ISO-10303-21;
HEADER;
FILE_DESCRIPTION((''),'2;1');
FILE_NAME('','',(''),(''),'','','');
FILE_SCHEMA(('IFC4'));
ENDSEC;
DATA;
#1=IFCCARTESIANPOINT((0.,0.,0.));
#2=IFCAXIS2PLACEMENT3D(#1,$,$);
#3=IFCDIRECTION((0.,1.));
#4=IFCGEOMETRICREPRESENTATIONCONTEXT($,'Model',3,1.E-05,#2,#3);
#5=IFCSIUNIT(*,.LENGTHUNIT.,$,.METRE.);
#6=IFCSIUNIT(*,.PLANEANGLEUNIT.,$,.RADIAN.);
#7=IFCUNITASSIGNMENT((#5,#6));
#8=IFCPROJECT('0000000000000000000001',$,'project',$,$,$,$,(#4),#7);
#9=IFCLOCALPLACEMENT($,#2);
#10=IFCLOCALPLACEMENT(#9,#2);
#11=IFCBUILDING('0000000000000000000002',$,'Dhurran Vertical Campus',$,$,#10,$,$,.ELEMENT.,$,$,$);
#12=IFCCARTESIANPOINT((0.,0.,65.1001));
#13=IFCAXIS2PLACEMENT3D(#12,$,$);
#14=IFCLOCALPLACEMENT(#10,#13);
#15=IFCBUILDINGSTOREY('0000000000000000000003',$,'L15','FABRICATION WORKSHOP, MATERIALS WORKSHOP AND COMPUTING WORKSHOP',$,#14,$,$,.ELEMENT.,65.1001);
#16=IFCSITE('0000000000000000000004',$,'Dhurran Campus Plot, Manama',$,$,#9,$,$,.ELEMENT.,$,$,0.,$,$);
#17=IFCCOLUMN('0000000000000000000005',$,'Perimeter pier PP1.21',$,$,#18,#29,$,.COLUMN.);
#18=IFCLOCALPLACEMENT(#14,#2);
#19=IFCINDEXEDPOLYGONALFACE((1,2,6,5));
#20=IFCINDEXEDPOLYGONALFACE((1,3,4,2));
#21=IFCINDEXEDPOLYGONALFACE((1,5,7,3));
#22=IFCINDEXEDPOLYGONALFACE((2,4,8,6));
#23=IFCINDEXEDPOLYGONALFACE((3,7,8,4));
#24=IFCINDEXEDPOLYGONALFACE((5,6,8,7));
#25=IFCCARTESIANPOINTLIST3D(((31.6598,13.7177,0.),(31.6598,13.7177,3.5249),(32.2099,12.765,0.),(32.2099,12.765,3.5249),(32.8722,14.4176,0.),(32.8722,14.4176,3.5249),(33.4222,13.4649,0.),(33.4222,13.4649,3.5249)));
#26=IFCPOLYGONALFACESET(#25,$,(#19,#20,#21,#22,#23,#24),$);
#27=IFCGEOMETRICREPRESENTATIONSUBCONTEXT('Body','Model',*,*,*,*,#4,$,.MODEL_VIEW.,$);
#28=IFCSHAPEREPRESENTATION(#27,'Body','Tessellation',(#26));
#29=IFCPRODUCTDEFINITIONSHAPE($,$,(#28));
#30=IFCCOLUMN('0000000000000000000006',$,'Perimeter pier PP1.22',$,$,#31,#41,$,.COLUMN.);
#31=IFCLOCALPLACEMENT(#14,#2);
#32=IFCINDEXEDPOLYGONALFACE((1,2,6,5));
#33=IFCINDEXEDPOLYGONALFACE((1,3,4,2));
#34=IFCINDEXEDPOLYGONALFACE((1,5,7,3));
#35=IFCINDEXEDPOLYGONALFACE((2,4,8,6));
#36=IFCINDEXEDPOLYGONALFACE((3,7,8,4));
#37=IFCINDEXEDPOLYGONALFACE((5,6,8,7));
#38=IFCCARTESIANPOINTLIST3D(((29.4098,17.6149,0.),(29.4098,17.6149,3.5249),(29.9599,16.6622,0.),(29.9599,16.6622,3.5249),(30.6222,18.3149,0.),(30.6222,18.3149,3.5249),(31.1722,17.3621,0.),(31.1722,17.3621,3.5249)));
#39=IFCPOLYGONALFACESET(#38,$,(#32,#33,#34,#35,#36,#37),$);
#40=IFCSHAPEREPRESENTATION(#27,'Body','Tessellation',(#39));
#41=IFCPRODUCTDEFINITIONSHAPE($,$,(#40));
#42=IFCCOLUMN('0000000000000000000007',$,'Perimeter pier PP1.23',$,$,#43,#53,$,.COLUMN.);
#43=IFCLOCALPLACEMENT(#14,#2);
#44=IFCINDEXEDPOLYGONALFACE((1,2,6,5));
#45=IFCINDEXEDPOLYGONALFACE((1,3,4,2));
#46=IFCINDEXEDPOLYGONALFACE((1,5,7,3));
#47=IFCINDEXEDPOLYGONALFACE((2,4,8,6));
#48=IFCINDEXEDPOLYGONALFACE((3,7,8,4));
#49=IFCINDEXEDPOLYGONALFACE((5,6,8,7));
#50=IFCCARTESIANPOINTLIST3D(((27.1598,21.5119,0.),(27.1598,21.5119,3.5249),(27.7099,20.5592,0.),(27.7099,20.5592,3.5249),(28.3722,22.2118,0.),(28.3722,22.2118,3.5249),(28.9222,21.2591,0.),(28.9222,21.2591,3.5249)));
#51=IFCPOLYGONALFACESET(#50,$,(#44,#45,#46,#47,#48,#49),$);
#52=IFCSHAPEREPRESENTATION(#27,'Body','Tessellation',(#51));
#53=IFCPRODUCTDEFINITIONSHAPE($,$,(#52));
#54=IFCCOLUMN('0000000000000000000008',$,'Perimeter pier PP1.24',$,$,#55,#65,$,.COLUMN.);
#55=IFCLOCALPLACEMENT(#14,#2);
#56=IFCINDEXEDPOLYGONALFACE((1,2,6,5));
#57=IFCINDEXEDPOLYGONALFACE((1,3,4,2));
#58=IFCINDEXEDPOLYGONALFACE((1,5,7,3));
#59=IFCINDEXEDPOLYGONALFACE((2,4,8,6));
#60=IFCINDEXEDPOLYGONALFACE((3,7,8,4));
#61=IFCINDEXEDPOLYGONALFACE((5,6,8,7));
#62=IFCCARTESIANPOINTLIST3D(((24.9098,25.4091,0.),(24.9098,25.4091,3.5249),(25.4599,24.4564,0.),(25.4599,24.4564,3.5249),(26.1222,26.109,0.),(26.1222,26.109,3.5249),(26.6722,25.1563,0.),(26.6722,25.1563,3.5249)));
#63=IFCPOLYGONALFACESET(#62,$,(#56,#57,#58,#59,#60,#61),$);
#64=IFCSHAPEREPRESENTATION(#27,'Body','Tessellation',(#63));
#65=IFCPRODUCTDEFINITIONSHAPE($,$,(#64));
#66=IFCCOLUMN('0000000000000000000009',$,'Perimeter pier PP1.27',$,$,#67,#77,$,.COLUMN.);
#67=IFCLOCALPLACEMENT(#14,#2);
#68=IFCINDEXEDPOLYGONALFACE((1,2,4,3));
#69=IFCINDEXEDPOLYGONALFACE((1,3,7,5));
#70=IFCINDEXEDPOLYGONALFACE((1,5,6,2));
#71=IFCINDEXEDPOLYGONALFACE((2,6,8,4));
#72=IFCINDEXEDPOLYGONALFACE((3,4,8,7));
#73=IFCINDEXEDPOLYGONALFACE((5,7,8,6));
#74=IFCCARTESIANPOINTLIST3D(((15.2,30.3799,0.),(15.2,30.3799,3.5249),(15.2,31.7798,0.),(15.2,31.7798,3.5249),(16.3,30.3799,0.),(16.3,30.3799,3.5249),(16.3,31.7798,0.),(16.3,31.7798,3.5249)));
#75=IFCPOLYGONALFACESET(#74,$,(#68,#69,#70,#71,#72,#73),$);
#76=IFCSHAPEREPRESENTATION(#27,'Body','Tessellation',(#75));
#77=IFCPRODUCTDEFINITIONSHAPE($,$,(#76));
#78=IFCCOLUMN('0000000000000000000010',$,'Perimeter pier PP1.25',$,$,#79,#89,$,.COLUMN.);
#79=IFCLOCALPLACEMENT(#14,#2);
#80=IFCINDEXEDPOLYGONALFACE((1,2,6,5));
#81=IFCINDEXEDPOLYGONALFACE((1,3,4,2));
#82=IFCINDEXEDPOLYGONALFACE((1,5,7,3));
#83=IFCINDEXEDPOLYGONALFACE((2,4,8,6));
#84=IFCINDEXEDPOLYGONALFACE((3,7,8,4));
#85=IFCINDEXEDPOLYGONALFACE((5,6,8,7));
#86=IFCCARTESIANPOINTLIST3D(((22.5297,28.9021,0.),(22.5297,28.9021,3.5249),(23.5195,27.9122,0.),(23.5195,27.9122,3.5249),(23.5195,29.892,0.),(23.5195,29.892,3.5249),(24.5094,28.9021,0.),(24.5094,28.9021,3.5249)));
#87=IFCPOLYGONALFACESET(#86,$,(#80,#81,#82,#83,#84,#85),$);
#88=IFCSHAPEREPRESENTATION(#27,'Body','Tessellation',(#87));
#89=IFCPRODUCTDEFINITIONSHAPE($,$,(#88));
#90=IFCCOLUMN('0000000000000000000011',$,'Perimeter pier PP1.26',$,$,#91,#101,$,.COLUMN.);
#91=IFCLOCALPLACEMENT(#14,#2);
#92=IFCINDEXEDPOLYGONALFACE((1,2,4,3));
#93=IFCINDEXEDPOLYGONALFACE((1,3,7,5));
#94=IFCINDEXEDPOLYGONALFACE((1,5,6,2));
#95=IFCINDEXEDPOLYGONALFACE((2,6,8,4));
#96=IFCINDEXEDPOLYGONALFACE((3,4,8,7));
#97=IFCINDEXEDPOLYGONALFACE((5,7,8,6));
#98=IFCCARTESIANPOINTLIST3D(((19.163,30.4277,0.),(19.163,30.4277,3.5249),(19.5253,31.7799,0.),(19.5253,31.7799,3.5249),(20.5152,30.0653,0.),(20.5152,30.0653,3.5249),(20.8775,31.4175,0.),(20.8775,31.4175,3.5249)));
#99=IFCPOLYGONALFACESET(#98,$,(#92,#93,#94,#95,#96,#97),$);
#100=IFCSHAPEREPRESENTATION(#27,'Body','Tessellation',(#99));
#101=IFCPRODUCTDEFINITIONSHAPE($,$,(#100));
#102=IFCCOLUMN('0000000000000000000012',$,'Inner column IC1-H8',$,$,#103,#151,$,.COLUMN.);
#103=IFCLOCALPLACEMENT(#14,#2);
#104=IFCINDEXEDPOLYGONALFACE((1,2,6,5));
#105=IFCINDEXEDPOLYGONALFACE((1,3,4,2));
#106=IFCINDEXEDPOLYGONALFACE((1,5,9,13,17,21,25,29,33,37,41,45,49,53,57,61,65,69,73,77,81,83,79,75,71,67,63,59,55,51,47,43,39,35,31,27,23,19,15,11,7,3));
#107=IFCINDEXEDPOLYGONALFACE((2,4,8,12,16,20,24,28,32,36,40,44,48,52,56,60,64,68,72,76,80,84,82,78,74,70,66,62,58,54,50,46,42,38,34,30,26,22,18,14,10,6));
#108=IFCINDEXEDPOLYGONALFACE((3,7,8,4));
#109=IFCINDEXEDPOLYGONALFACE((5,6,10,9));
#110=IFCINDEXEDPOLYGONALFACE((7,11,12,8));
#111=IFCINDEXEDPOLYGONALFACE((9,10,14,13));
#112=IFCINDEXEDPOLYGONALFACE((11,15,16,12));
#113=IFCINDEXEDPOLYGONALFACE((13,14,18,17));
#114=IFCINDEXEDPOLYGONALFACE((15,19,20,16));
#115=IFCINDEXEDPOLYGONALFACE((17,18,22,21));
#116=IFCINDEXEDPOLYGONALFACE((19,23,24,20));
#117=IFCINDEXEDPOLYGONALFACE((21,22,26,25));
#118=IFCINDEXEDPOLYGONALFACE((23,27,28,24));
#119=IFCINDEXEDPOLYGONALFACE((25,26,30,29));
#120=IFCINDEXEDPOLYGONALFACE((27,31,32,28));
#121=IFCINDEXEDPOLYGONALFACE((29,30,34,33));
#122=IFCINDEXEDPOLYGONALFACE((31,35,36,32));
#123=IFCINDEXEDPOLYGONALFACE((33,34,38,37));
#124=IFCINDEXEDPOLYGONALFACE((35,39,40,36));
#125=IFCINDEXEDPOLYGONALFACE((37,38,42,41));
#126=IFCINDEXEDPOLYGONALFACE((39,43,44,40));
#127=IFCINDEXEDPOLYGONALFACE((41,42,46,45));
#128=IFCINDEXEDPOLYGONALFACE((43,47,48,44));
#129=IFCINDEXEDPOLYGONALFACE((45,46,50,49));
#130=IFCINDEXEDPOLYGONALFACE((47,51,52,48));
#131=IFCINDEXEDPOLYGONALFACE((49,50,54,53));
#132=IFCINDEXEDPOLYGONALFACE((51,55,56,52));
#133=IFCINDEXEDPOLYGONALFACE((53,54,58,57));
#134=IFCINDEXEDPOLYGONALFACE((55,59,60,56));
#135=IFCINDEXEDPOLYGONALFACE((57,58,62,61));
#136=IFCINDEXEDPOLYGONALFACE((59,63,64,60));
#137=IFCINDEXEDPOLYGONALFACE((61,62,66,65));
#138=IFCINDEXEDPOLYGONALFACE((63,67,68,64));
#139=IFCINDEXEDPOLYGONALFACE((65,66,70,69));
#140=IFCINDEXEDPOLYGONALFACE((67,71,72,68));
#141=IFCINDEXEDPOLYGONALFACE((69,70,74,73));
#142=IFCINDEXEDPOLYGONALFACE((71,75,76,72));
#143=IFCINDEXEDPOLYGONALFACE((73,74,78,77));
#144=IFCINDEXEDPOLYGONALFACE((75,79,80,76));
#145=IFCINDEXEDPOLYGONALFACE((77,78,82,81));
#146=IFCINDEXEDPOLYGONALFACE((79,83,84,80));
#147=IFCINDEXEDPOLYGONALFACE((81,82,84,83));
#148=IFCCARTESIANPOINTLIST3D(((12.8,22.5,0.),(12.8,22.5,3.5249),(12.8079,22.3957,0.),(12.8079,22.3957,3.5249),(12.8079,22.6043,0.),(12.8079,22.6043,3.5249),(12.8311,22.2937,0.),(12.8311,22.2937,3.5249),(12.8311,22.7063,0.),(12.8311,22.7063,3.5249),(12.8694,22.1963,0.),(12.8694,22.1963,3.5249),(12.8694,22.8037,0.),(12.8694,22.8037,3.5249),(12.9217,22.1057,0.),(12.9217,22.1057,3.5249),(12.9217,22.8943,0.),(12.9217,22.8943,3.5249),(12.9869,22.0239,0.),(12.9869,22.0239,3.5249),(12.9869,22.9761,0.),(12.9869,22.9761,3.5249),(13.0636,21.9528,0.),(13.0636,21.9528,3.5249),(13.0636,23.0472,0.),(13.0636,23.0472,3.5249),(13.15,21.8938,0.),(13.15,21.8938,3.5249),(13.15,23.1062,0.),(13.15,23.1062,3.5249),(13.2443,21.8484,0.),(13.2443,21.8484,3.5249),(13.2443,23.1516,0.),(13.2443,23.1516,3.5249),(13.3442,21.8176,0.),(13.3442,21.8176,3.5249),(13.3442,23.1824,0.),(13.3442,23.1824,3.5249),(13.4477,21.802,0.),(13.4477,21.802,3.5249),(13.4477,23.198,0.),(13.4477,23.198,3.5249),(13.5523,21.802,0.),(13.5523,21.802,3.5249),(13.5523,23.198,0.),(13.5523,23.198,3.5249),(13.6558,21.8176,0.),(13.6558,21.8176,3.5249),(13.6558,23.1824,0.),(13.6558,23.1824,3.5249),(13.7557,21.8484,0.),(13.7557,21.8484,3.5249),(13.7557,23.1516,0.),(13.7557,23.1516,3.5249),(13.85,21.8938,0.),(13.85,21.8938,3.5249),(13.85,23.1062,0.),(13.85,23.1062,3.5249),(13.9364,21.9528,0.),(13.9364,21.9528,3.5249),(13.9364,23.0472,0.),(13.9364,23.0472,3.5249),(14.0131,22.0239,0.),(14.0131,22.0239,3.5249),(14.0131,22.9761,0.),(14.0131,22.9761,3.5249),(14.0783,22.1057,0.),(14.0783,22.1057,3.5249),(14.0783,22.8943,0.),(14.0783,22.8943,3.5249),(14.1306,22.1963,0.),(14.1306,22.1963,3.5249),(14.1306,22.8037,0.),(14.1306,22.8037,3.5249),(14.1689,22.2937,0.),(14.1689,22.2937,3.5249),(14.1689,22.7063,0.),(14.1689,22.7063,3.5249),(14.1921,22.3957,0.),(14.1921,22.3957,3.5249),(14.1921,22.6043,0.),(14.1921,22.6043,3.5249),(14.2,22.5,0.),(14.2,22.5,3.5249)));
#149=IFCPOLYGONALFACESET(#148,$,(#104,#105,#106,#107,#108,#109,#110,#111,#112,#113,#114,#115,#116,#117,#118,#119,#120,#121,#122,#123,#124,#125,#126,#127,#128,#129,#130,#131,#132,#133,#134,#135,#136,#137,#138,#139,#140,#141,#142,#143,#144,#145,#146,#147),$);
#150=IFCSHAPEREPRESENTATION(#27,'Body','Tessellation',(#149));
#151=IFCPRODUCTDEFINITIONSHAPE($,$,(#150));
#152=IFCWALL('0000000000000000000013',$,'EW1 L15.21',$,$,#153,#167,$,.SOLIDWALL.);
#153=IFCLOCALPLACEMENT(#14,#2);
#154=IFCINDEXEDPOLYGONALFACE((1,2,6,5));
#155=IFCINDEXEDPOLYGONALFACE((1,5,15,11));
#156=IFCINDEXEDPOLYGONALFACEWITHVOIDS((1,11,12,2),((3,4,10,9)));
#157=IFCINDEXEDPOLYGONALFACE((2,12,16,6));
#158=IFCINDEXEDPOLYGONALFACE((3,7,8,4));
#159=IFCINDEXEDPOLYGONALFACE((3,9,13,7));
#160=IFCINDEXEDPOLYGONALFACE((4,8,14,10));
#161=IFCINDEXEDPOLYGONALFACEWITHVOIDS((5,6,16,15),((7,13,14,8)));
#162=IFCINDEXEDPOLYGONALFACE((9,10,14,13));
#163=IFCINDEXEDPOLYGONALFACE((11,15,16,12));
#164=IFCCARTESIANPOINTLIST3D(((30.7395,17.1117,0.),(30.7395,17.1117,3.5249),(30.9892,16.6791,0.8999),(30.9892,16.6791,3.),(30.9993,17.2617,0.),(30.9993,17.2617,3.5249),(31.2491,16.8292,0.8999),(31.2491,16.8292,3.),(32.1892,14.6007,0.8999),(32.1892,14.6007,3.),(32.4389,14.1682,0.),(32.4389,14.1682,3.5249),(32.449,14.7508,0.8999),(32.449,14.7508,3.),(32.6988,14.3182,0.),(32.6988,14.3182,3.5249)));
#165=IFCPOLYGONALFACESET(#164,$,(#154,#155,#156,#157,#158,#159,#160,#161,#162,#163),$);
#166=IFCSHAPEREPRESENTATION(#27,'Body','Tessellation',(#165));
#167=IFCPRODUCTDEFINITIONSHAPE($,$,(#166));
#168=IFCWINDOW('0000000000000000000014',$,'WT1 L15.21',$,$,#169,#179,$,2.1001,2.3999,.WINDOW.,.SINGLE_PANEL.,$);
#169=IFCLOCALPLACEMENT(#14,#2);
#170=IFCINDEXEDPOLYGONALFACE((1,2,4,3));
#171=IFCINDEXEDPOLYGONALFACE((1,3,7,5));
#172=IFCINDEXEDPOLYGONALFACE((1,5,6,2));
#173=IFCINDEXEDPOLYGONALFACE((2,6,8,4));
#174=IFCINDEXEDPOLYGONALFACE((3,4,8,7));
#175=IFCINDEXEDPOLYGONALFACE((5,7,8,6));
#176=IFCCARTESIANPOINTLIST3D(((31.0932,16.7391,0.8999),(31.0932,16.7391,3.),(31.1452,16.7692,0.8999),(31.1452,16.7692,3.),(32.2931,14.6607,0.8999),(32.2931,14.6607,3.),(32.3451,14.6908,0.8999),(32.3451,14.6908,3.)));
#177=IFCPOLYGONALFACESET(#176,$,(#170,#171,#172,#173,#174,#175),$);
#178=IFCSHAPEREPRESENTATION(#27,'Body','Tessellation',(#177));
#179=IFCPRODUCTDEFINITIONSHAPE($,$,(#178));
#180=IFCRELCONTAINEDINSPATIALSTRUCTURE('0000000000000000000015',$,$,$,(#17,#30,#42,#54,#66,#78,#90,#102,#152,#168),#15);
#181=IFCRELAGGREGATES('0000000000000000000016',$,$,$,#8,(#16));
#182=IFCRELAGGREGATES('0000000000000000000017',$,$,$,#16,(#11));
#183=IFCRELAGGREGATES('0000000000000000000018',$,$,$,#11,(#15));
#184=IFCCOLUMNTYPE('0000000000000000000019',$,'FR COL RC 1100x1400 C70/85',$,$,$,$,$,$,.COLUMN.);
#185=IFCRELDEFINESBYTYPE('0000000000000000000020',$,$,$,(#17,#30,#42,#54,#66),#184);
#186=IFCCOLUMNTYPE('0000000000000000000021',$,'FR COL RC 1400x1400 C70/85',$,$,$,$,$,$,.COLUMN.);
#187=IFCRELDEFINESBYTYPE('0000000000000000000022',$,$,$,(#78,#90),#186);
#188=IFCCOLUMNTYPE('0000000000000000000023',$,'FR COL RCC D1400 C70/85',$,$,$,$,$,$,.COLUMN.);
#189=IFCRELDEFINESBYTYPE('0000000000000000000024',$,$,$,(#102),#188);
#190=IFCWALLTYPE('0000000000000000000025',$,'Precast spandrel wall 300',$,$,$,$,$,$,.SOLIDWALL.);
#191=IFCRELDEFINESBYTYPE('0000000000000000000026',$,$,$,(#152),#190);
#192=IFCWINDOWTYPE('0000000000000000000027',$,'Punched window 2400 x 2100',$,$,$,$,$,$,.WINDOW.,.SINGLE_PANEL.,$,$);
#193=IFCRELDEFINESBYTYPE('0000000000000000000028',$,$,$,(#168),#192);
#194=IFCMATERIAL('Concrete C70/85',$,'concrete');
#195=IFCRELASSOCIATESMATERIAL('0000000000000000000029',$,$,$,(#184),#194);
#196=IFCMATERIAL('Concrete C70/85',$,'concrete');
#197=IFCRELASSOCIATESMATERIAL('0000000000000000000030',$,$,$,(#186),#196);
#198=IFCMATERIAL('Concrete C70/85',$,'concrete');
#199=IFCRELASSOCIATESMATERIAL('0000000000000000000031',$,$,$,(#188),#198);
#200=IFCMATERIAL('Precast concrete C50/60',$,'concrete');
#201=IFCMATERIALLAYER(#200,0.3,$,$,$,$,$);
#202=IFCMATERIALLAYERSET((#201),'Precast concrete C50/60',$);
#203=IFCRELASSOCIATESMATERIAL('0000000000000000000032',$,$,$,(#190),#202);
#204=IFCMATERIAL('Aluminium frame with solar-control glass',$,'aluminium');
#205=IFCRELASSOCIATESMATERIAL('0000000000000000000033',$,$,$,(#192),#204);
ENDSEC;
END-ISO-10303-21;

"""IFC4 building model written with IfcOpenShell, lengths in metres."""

from ifc_helpers import new_model, si_unit, direction, frame, frame_2d, origin, origin_2d, place, context, subcontext, project, spatial, rectangle, circle, extrude, material, layer, layer_set, material_profile, profile_set, type_object, element, fill, save


model = new_model("IFC4")

# Units and contexts
model_context = context("Model", 3, precision=1e-05, world=origin(), true_north=direction((0.0, 1.0)))
body_context = subcontext(model_context, "Body", "Model", "MODEL_VIEW")
ifc_project = project(units=[si_unit("LENGTHUNIT", "METRE"), si_unit("PLANEANGLEUNIT", "RADIAN")], contexts=[model_context])

# Site, building, storey
site_placement = place(None, origin())
site = spatial("IfcSite", under=ifc_project, at=site_placement, Name="Dhurran Campus Plot, Manama", CompositionType="ELEMENT", RefElevation=0.0)
building_placement = place(site_placement, origin())
building = spatial("IfcBuilding", under=site, at=building_placement, Name="Dhurran Vertical Campus", CompositionType="ELEMENT")
storey_placement = place(building_placement, frame((0.0, 0.0, 65.1001)))
storey = spatial("IfcBuildingStorey", under=building, at=storey_placement, Name="L15", Description="FABRICATION WORKSHOP, MATERIALS WORKSHOP AND COMPUTING WORKSHOP", CompositionType="ELEMENT", Elevation=65.1001)

# Columns
ifc_material_1 = material(Name="Concrete C70/85", Category="concrete")
ifc_material_profile_1 = material_profile(ifc_material_1, rectangle(XDim=1.1001, YDim=1.3999, at=origin_2d()), Name="RC 1100x1400")
ifc_profile_set_1 = profile_set([ifc_material_profile_1], Name="Concrete C70/85")
column_type_1 = type_object("IfcColumnType", Name="FR COL RC 1100x1400 C70/85", PredefinedType="COLUMN", material=ifc_profile_set_1)
for number, where, z_axis, x_axis, name in (
    (1, (32.541, 13.5913, 0.0), (0.0, 0.0, 1.0), (-0.5, 0.866025, 0.0), "Perimeter pier PP1.21"),
    (2, (30.291, 17.4885, 0.0), (0.0, 0.0, 1.0), (-0.5, 0.866025, 0.0), "Perimeter pier PP1.22"),
    (3, (28.041, 21.3855, 0.0), (0.0, 0.0, 1.0), (-0.5, 0.866025, 0.0), "Perimeter pier PP1.23"),
    (4, (25.791, 25.2827, 0.0), (0.0, 0.0, 1.0), (-0.5, 0.866025, 0.0), "Perimeter pier PP1.24"),
    (5, (15.75, 31.0798, 0.0), (0.0, 0.0, 1.0), (-1.0, 0.0, 0.0), "Perimeter pier PP1.27"),
):
    element("IfcColumn", number, at=place(storey_placement, frame(where, z_axis=z_axis, x_axis=x_axis)), inside=storey, type_object=column_type_1, Name=name, PredefinedType="COLUMN", context=body_context, shape_type="SweptSolid", body=[
        extrude(rectangle(XDim=1.1001, YDim=1.3999, at=origin_2d()), origin(), (0.0, 0.0, 1.0), 3.5249),
    ])
ifc_material_2 = material(Name="Concrete C70/85", Category="concrete")
ifc_material_profile_2 = material_profile(ifc_material_2, rectangle(XDim=1.3999, YDim=1.3999, at=origin_2d()), Name="RC 1400x1400")
ifc_profile_set_2 = profile_set([ifc_material_profile_2], Name="Concrete C70/85")
column_type_2 = type_object("IfcColumnType", Name="FR COL RC 1400x1400 C70/85", PredefinedType="COLUMN", material=ifc_profile_set_2)
for number, where, z_axis, x_axis, name in (
    (6, (23.5195, 28.9021, 0.0), (0.0, 0.0, 1.0), (-0.707107, 0.707107, 0.0), "Perimeter pier PP1.25"),
    (7, (20.0203, 30.9226, 0.0), (0.0, 0.0, 1.0), (-0.965926, 0.258819, 0.0), "Perimeter pier PP1.26"),
):
    element("IfcColumn", number, at=place(storey_placement, frame(where, z_axis=z_axis, x_axis=x_axis)), inside=storey, type_object=column_type_2, Name=name, PredefinedType="COLUMN", context=body_context, shape_type="SweptSolid", body=[
        extrude(rectangle(XDim=1.3999, YDim=1.3999, at=origin_2d()), origin(), (0.0, 0.0, 1.0), 3.5249),
    ])
ifc_material_3 = material(Name="Concrete C70/85", Category="concrete")
ifc_material_profile_3 = material_profile(ifc_material_3, circle(Radius=0.7, at=origin_2d()), Name="RCC D1400")
ifc_profile_set_3 = profile_set([ifc_material_profile_3], Name="Concrete C70/85")
column_type_3 = type_object("IfcColumnType", Name="FR COL RCC D1400 C70/85", PredefinedType="COLUMN", material=ifc_profile_set_3)
column_placement = place(storey_placement, frame((13.5, 22.5, 0.0), z_axis=(0.0, 0.0, 1.0), x_axis=(1.0, 0.0, 0.0)))
element("IfcColumn", 8, at=column_placement, inside=storey, type_object=column_type_3, Name="Inner column IC1-H8", PredefinedType="COLUMN", context=body_context, shape_type="SweptSolid", body=[
    extrude(circle(Radius=0.7, at=origin_2d()), origin(), (0.0, 0.0, 1.0), 3.5249),
])

# Wall, opening, window
ifc_material_4 = material(Name="Precast concrete C50/60", Category="concrete")
ifc_layer_1 = layer(ifc_material_4, 0.3)
ifc_layer_set_1 = layer_set([ifc_layer_1], Name="Precast concrete C50/60")
wall_type_1 = type_object("IfcWallType", Name="Precast spandrel wall 300", PredefinedType="SOLIDWALL", material=ifc_layer_set_1)
wall_1_placement = place(storey_placement, frame((32.5688, 14.2432, 0.0), z_axis=(0.0, 0.0, 1.0), x_axis=(-0.499994, 0.866029, 0.0)))
wall_1 = element("IfcWall", 9, at=wall_1_placement, inside=storey, type_object=wall_type_1, Name="EW1 L15.21", PredefinedType="SOLIDWALL", context=body_context, shape_type="SweptSolid", body=[
    extrude(rectangle(XDim=3.3989, YDim=0.3, at=frame_2d((1.6995, 0.0))), origin(), (0.0, 0.0, 1.0), 3.5249),
])
opening_1_placement = place(wall_1_placement, frame((0.4995, 0.0, 0.8999)))
opening_1 = element("IfcOpeningElement", 10, at=opening_1_placement, cuts=wall_1, PredefinedType="OPENING", context=body_context, shape_type="SweptSolid", body=[
    extrude(rectangle(XDim=2.3999, YDim=2.1001, at=frame_2d((1.2, 1.05))), frame((0.0, 0.1599, 0.0), z_axis=(0.0, -1.0, 0.0), x_axis=(1.0, 0.0, 0.0)), (0.0, 0.0, 1.0), 0.3201),
])
ifc_material_5 = material(Name="Aluminium frame with solar-control glass", Category="aluminium")
window_type = type_object("IfcWindowType", Name="Punched window 2400 x 2100", PartitioningType="SINGLE_PANEL", PredefinedType="WINDOW", material=ifc_material_5)
window_1_placement = place(opening_1_placement, origin())
window_1 = element("IfcWindow", 11, at=window_1_placement, inside=storey, type_object=window_type, Name="WT1 L15.21", OverallHeight=2.1001, OverallWidth=2.3999, PartitioningType="SINGLE_PANEL", PredefinedType="WINDOW", context=body_context, shape_type="SweptSolid", body=[
    extrude(rectangle(XDim=2.3999, YDim=2.1001, at=frame_2d((1.2, 1.05))), frame((0.0, 0.03, 0.0), z_axis=(0.0, -1.0, 0.0), x_axis=(1.0, 0.0, 0.0)), (0.0, 0.0, 1.0), 0.0601),
])
fill(opening_1, window_1)

save(model, "model.ifc")
